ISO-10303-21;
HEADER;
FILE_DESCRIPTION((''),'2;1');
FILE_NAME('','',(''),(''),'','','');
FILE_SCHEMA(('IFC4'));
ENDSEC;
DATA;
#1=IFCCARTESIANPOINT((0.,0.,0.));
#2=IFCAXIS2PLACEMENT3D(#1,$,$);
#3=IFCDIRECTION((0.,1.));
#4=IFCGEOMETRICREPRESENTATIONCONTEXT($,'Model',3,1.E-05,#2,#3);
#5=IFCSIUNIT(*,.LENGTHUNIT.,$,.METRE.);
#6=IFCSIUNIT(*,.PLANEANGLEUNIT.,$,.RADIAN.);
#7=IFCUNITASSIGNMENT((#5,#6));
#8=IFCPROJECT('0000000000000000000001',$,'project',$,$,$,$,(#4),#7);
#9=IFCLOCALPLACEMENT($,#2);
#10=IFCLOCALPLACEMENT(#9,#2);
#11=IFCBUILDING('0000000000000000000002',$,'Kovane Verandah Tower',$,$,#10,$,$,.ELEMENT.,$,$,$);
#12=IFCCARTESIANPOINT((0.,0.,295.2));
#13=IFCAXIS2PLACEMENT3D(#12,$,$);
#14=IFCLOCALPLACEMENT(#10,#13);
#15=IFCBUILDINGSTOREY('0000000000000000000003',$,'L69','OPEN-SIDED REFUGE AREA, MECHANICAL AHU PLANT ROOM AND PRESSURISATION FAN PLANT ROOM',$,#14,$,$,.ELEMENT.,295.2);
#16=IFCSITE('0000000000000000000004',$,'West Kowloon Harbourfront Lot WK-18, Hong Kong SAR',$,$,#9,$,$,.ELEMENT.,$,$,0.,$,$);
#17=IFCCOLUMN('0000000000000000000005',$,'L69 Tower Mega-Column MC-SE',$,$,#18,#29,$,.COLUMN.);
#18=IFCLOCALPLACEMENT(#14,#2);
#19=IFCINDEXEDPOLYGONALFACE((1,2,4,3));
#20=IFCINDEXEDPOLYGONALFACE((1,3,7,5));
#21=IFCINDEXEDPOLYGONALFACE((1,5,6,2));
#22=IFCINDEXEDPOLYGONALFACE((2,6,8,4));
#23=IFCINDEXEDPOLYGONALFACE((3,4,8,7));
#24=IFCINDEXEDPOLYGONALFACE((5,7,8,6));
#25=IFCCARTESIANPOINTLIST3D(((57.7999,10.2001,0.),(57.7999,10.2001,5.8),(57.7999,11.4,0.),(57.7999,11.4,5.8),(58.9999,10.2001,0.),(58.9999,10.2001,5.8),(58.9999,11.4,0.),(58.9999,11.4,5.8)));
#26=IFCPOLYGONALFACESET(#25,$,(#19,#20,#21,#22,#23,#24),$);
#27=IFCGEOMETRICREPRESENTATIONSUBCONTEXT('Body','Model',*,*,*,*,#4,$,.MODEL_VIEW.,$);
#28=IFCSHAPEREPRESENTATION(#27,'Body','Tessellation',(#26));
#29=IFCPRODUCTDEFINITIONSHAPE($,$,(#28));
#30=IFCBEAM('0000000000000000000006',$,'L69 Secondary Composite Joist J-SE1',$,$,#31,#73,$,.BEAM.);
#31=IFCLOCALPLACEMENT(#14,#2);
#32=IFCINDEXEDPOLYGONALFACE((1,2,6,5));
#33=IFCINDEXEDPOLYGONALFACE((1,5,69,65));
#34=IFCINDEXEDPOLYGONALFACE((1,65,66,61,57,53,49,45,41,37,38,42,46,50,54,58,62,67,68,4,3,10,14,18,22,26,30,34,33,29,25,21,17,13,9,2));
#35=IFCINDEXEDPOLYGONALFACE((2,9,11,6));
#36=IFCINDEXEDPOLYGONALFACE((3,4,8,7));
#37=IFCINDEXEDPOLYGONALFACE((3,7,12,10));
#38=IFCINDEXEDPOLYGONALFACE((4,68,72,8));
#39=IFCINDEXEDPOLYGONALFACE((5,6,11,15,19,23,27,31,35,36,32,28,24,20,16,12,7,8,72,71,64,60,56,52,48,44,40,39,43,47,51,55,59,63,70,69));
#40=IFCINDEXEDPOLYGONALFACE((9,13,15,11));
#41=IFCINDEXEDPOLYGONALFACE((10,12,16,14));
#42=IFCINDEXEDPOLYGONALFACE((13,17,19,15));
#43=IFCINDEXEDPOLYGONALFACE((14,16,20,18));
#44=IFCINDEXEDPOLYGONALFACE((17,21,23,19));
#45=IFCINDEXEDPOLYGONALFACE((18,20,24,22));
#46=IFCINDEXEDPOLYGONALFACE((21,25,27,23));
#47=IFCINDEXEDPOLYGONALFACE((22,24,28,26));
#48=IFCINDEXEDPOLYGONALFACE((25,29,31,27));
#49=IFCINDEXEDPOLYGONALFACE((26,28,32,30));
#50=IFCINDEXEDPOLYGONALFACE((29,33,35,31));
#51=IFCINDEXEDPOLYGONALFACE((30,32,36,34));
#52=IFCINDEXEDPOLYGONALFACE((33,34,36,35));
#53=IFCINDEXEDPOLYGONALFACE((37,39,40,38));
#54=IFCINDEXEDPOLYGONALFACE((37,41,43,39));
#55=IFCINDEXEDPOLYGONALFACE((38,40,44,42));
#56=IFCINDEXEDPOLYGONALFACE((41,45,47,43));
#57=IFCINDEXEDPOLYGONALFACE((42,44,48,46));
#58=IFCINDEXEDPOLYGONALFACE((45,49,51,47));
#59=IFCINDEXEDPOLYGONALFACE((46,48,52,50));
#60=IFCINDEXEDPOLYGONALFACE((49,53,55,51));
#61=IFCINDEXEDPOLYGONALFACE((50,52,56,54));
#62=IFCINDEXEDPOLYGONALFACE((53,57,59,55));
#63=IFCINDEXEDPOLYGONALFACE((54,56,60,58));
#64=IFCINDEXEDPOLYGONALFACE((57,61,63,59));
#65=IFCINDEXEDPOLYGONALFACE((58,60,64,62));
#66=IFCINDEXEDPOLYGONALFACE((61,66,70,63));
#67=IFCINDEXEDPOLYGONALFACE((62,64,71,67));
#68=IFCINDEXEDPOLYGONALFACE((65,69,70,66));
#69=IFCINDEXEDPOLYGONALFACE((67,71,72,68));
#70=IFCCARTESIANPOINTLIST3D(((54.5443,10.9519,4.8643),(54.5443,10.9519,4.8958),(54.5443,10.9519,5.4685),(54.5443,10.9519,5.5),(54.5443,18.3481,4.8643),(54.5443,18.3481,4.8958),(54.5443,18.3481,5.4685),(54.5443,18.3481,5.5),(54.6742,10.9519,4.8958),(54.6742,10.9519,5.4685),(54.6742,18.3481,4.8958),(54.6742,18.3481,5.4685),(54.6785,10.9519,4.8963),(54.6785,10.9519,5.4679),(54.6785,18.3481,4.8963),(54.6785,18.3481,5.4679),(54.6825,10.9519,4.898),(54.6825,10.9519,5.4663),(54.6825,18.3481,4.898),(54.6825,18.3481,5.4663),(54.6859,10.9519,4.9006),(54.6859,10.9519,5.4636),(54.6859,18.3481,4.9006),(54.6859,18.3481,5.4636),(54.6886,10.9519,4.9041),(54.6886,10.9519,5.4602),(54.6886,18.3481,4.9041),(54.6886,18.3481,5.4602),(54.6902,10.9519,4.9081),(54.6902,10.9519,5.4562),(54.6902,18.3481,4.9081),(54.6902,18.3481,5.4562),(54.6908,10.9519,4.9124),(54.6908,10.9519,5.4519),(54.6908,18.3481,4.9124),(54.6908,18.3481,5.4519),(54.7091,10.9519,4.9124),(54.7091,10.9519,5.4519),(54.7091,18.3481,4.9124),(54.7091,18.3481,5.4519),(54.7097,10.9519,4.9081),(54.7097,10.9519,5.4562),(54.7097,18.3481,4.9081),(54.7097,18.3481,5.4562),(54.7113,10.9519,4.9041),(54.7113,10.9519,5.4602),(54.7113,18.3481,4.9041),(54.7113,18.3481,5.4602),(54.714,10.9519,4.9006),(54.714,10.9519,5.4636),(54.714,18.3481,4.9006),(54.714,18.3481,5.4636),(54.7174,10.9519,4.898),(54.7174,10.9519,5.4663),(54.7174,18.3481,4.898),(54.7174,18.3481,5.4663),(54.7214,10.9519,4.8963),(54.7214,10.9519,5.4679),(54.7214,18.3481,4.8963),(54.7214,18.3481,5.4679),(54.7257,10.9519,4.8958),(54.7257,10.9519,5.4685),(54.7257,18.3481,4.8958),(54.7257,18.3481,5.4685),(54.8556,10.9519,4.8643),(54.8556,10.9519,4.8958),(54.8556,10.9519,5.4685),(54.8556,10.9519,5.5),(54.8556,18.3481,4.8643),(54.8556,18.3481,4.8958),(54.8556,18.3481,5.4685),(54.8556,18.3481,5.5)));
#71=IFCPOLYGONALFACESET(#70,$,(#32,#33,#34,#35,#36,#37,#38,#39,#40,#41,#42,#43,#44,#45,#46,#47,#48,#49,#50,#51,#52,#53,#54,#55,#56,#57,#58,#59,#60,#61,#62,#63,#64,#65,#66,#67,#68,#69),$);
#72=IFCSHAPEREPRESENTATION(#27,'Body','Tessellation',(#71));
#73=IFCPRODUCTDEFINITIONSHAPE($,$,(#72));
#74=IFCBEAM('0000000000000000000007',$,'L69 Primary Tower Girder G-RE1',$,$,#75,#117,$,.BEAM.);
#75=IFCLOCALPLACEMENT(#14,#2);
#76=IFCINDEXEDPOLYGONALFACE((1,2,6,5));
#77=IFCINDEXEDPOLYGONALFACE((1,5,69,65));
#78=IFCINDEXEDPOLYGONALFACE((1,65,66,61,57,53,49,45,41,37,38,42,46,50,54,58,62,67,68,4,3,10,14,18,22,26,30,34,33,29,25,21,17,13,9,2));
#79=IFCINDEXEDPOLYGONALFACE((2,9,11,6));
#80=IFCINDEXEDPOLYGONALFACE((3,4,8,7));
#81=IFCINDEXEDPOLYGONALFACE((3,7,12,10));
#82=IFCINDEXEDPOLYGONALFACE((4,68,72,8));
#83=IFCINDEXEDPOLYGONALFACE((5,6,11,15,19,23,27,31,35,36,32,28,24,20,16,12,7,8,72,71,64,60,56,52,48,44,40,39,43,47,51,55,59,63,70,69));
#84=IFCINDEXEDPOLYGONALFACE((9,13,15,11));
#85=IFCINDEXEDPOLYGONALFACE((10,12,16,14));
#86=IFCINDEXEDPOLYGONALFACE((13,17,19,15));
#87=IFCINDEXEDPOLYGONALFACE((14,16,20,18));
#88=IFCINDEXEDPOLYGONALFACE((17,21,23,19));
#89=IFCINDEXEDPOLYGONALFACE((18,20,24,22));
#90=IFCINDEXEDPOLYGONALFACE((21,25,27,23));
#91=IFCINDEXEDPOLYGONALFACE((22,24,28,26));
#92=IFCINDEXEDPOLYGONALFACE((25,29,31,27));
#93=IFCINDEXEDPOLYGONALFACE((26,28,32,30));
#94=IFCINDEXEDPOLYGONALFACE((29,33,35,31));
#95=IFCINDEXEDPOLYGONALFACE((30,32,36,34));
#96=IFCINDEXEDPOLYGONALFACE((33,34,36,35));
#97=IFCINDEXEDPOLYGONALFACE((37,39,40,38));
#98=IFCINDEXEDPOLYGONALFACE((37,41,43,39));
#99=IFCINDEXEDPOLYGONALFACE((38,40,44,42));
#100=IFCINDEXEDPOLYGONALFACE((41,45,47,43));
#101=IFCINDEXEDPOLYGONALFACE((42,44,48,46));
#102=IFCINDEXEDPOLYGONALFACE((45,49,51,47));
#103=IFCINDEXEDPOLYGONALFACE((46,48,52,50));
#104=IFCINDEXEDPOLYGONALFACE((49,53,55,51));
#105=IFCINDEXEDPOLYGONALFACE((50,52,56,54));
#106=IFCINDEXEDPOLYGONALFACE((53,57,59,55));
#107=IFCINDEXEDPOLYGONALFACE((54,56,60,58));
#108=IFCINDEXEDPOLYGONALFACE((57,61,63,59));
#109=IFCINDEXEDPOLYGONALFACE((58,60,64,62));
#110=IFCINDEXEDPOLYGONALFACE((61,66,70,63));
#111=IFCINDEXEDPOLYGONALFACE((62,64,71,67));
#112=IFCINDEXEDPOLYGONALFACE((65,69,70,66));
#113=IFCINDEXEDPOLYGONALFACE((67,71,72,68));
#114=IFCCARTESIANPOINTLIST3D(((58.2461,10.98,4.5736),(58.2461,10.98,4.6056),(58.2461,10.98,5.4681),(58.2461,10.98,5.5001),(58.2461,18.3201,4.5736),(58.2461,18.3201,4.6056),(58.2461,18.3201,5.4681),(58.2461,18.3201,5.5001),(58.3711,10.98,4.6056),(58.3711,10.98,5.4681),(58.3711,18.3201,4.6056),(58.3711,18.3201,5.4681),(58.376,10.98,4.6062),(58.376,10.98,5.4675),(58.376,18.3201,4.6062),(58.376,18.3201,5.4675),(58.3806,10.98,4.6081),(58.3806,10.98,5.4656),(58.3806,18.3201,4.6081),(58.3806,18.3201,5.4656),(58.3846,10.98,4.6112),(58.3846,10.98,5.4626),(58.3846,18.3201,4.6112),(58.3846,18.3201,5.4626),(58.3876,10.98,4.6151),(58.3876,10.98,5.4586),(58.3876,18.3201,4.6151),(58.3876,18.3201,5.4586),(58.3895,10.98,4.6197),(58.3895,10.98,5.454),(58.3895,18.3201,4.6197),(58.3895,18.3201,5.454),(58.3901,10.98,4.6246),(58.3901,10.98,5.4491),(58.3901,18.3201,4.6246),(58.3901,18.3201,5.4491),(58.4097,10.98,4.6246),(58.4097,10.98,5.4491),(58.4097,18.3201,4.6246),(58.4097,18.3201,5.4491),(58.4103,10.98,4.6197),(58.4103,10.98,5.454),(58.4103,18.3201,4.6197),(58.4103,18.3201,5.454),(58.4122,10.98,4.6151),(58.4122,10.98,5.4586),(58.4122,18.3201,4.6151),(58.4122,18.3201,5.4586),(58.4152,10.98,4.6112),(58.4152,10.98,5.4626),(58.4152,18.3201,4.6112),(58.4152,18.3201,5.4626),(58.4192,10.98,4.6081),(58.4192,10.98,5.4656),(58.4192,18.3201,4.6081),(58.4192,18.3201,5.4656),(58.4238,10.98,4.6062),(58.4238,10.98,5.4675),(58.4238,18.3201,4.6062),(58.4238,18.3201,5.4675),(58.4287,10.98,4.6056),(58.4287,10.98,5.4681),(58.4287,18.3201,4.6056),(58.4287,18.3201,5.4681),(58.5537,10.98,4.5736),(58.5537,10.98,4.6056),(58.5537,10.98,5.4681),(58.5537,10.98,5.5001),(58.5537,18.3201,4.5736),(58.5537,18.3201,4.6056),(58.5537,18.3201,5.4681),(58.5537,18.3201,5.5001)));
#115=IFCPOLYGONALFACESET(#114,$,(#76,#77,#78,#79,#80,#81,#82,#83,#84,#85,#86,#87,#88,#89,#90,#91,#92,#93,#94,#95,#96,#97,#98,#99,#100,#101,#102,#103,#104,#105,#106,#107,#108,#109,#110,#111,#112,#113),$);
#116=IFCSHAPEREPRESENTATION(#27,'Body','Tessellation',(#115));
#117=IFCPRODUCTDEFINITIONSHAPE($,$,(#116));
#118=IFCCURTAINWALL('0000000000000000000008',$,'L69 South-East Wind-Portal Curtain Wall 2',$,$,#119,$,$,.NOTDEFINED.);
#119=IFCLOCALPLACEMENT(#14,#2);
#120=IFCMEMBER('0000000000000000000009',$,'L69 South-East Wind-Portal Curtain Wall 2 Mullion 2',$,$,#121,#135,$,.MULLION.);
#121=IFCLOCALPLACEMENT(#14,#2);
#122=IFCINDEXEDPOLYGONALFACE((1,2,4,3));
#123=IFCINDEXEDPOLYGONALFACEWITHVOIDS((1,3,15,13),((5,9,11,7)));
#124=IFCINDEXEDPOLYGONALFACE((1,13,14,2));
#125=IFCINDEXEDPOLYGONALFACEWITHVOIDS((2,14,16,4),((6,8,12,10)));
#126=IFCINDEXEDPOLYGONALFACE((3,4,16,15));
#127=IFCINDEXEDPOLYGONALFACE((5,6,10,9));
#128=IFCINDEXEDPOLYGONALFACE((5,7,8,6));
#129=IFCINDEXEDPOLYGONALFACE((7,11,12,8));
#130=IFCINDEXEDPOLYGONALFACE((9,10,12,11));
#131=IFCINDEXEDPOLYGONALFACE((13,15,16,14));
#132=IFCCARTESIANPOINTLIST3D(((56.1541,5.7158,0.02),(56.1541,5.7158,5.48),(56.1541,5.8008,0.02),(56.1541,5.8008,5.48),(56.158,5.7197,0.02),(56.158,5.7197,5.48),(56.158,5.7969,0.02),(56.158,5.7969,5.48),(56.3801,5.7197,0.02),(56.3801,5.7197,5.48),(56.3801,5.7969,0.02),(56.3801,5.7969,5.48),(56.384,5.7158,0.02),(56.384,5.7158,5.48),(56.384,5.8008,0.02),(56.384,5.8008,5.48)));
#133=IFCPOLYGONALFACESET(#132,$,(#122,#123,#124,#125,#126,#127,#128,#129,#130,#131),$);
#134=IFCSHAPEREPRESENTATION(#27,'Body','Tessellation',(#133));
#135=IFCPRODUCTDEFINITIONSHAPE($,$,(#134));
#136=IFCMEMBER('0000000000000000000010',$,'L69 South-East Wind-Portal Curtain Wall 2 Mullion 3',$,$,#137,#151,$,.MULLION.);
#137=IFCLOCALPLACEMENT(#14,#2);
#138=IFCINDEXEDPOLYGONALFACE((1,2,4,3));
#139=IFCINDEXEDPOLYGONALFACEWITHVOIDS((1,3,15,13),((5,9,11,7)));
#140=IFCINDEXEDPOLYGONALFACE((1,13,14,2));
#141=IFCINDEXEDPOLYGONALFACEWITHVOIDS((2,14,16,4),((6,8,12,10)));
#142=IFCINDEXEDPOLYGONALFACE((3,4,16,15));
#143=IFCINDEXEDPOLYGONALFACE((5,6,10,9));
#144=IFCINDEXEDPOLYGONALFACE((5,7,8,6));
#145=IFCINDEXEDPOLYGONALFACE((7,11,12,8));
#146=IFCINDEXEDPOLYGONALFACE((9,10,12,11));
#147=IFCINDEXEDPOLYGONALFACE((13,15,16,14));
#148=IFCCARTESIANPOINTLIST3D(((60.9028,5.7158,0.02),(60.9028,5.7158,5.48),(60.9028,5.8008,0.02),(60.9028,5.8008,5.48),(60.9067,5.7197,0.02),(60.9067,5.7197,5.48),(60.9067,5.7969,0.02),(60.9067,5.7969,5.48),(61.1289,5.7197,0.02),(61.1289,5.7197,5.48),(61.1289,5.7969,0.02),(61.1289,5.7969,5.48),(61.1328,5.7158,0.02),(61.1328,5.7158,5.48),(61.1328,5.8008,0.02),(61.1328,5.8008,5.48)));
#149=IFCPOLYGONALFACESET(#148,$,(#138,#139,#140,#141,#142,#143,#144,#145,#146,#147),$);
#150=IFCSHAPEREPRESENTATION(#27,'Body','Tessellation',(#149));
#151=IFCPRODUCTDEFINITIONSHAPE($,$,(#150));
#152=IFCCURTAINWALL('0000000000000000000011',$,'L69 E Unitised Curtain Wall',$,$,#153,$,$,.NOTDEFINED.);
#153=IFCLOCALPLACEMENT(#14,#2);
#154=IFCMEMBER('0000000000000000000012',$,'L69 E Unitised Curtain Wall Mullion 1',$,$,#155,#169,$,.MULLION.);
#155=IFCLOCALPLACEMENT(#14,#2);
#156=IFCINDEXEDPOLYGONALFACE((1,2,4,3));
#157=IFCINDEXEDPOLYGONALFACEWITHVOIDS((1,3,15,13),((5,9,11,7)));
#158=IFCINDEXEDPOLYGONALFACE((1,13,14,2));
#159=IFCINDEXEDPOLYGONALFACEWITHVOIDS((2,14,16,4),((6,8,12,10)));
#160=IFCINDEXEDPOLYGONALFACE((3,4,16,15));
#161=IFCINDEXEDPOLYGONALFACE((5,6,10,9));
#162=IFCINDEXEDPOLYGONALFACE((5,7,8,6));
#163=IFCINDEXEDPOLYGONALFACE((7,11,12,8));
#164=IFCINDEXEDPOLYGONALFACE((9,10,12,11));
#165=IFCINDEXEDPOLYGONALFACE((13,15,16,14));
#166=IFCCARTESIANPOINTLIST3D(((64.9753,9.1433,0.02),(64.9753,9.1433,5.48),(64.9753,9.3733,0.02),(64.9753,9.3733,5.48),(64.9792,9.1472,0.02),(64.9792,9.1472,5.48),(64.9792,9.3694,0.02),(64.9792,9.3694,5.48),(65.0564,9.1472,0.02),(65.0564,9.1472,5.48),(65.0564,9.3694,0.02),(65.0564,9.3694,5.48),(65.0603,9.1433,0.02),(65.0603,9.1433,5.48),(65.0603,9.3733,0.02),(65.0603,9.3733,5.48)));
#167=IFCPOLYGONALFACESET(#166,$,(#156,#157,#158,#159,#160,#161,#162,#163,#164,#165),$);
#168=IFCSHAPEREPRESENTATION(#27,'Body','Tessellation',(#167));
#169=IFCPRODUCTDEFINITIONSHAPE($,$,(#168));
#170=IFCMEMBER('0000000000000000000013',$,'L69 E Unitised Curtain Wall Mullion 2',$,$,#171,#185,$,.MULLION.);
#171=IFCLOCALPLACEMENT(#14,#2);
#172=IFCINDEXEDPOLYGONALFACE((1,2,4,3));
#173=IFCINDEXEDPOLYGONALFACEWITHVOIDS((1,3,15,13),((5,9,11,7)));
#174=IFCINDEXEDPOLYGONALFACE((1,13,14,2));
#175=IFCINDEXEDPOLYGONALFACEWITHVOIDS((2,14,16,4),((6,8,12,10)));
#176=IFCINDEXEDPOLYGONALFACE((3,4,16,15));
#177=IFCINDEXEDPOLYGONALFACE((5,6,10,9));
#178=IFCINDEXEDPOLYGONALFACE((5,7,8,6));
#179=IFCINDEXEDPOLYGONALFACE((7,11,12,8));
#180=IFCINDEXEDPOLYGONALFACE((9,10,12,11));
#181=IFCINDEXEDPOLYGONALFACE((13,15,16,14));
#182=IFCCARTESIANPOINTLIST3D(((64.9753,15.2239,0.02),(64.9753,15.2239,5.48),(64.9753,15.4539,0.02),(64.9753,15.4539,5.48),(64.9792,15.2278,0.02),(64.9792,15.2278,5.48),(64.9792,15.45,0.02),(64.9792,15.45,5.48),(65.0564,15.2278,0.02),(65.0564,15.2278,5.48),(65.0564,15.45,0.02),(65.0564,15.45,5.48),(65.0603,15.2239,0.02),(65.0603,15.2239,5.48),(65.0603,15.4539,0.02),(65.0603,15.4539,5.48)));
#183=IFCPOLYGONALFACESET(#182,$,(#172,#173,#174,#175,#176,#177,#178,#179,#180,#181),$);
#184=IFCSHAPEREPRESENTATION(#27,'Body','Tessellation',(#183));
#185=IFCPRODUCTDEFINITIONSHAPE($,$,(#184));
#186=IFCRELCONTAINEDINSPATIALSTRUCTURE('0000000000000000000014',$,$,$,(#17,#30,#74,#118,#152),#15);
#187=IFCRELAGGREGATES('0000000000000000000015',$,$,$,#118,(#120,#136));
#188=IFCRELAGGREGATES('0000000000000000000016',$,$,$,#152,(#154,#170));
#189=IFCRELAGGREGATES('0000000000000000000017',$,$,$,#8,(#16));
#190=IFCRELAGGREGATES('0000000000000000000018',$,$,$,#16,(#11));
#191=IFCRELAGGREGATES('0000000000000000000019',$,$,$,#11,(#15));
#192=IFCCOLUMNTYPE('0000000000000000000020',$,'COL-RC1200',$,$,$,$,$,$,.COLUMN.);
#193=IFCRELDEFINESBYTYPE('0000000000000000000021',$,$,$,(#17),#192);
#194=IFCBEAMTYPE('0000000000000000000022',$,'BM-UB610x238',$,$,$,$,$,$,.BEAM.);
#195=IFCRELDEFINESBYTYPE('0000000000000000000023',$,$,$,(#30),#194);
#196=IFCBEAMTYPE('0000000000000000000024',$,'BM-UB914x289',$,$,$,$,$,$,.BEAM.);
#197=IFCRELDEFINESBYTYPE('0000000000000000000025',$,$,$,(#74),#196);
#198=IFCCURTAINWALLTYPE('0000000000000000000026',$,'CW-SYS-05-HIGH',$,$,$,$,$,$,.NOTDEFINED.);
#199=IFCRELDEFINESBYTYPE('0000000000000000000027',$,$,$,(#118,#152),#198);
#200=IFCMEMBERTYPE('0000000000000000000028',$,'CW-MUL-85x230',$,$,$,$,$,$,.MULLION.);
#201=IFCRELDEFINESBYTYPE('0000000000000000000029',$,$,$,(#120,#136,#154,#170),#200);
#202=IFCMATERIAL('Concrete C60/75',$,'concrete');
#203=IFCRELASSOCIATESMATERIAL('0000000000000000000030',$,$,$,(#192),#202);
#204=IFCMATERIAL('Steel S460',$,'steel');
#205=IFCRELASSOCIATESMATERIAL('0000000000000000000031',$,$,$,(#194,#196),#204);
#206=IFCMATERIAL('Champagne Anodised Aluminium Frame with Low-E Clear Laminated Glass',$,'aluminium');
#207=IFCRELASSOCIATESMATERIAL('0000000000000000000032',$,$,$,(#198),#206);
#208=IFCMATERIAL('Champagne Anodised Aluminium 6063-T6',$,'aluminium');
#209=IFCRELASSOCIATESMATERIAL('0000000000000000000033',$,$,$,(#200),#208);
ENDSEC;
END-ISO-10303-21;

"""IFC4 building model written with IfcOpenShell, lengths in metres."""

from ifc_helpers import new_model, si_unit, direction, frame, origin, origin_2d, place, context, subcontext, project, spatial, rectangle, hollow_rectangle, i_section, extrude, material, material_profile, profile_set, type_object, element, aggregate, save


model = new_model("IFC4")

# Units and contexts
model_context = context("Model", 3, precision=1e-05, world=origin(), true_north=direction((0.0, 1.0)))
body_context = subcontext(model_context, "Body", "Model", "MODEL_VIEW")
ifc_project = project(units=[si_unit("LENGTHUNIT", "METRE"), si_unit("PLANEANGLEUNIT", "RADIAN")], contexts=[model_context])

# Site, building, storey
site_placement = place(None, origin())
site = spatial("IfcSite", under=ifc_project, at=site_placement, Name="West Kowloon Harbourfront Lot WK-18, Hong Kong SAR", CompositionType="ELEMENT", RefElevation=0.0)
building_placement = place(site_placement, origin())
building = spatial("IfcBuilding", under=site, at=building_placement, Name="Kovane Verandah Tower", CompositionType="ELEMENT")
storey_placement = place(building_placement, frame((0.0, 0.0, 295.2)))
storey = spatial("IfcBuildingStorey", under=building, at=storey_placement, Name="L69", Description="OPEN-SIDED REFUGE AREA, MECHANICAL AHU PLANT ROOM AND PRESSURISATION FAN PLANT ROOM", CompositionType="ELEMENT", Elevation=295.2)

# Column
ifc_material_1 = material(Name="Concrete C60/75", Category="concrete")
ifc_material_profile_1 = material_profile(ifc_material_1, rectangle(XDim=1.2, YDim=1.2, at=origin_2d()), Name="RC1200x1200")
ifc_profile_set_1 = profile_set([ifc_material_profile_1], Name="Concrete C60/75")
column_type = type_object("IfcColumnType", Name="COL-RC1200", PredefinedType="COLUMN", material=ifc_profile_set_1)
column_placement = place(storey_placement, frame((58.3999, 10.8, 0.0), z_axis=(0.0, 0.0, 1.0), x_axis=(1.0, 0.0, 0.0)))
element("IfcColumn", 1, at=column_placement, inside=storey, type_object=column_type, Name="L69 Tower Mega-Column MC-SE", PredefinedType="COLUMN", context=body_context, shape_type="SweptSolid", body=[
    extrude(rectangle(XDim=1.2, YDim=1.2, at=origin_2d()), origin(), (0.0, 0.0, 1.0), 5.8),
])

# Beams
ifc_material_2 = material(Name="Steel S460", Category="steel")
ifc_material_profile_2 = material_profile(ifc_material_2, i_section(OverallWidth=0.3113, OverallDepth=0.6357, WebThickness=0.0183, FlangeThickness=0.0315, FilletRadius=0.0166, at=origin_2d()), Name="UB610x305x238")
ifc_profile_set_2 = profile_set([ifc_material_profile_2], Name="Steel S460")
beam_type_1 = type_object("IfcBeamType", Name="BM-UB610x238", PredefinedType="BEAM", material=ifc_profile_set_2)
beam_1_placement = place(storey_placement, frame((54.7, 10.9519, 5.1821), z_axis=(0.0, 1.0, 0.0), x_axis=(-1.0, 0.0, 0.0)))
element("IfcBeam", 2, at=beam_1_placement, inside=storey, type_object=beam_type_1, Name="L69 Secondary Composite Joist J-SE1", PredefinedType="BEAM", context=body_context, shape_type="SweptSolid", body=[
    extrude(i_section(OverallWidth=0.3113, OverallDepth=0.6357, WebThickness=0.0183, FlangeThickness=0.0315, FilletRadius=0.0166, at=origin_2d()), origin(), (0.0, 0.0, 1.0), 7.3962),
])
ifc_material_profile_3 = material_profile(ifc_material_2, i_section(OverallWidth=0.3076, OverallDepth=0.9265, WebThickness=0.0195, FlangeThickness=0.032, FilletRadius=0.019, at=origin_2d()), Name="UB914x305x289")
ifc_profile_set_3 = profile_set([ifc_material_profile_3], Name="Steel S460")
beam_type_2 = type_object("IfcBeamType", Name="BM-UB914x289", PredefinedType="BEAM", material=ifc_profile_set_3)
beam_2_placement = place(storey_placement, frame((58.3999, 10.98, 5.0369), z_axis=(0.0, 1.0, 0.0), x_axis=(-1.0, 0.0, 0.0)))
element("IfcBeam", 3, at=beam_2_placement, inside=storey, type_object=beam_type_2, Name="L69 Primary Tower Girder G-RE1", PredefinedType="BEAM", context=body_context, shape_type="SweptSolid", body=[
    extrude(i_section(OverallWidth=0.3076, OverallDepth=0.9265, WebThickness=0.0195, FlangeThickness=0.032, FilletRadius=0.019, at=origin_2d()), origin(), (0.0, 0.0, 1.0), 7.3401),
])

# Curtain walls, members
ifc_material_3 = material(Name="Champagne Anodised Aluminium Frame with Low-E Clear Laminated Glass", Category="aluminium")
curtain_wall_type = type_object("IfcCurtainWallType", Name="CW-SYS-05-HIGH", PredefinedType="NOTDEFINED", material=ifc_material_3)
curtain_wall_1_placement = place(storey_placement, origin())
curtain_wall_1 = element("IfcCurtainWall", 4, at=curtain_wall_1_placement, inside=storey, type_object=curtain_wall_type, Name="L69 South-East Wind-Portal Curtain Wall 2", PredefinedType="NOTDEFINED")
ifc_material_4 = material(Name="Champagne Anodised Aluminium 6063-T6", Category="aluminium")
ifc_material_profile_4 = material_profile(ifc_material_4, hollow_rectangle(XDim=0.085, YDim=0.23, WallThickness=0.0039, at=origin_2d()), Name="AL85x230x4")
ifc_profile_set_4 = profile_set([ifc_material_profile_4], Name="Champagne Anodised Aluminium 6063-T6")
member_type_1 = type_object("IfcMemberType", Name="CW-MUL-85x230", PredefinedType="MULLION", material=ifc_profile_set_4)
member_1_placement = place(storey_placement, frame((56.269, 5.7583, 0.02), z_axis=(0.0, 0.0, 1.0), x_axis=(0.0, -1.0, 0.0)))
member_1 = element("IfcMember", 5, at=member_1_placement, type_object=member_type_1, Name="L69 South-East Wind-Portal Curtain Wall 2 Mullion 2", PredefinedType="MULLION", context=body_context, shape_type="SweptSolid", body=[
    extrude(hollow_rectangle(XDim=0.085, YDim=0.23, WallThickness=0.0039, at=origin_2d()), origin(), (0.0, 0.0, 1.0), 5.46),
])
member_2_placement = place(storey_placement, frame((61.0178, 5.7583, 0.02), z_axis=(0.0, 0.0, 1.0), x_axis=(0.0, -1.0, 0.0)))
member_2 = element("IfcMember", 6, at=member_2_placement, type_object=member_type_1, Name="L69 South-East Wind-Portal Curtain Wall 2 Mullion 3", PredefinedType="MULLION", context=body_context, shape_type="SweptSolid", body=[
    extrude(hollow_rectangle(XDim=0.085, YDim=0.23, WallThickness=0.0039, at=origin_2d()), origin(), (0.0, 0.0, 1.0), 5.46),
])
curtain_wall_2_placement = place(storey_placement, origin())
curtain_wall_2 = element("IfcCurtainWall", 7, at=curtain_wall_2_placement, inside=storey, type_object=curtain_wall_type, Name="L69 E Unitised Curtain Wall", PredefinedType="NOTDEFINED")
member_3_placement = place(storey_placement, frame((65.0178, 9.2583, 0.02), z_axis=(0.0, 0.0, 1.0), x_axis=(1.0, 0.0, 0.0)))
member_3 = element("IfcMember", 8, at=member_3_placement, type_object=member_type_1, Name="L69 E Unitised Curtain Wall Mullion 1", PredefinedType="MULLION", context=body_context, shape_type="SweptSolid", body=[
    extrude(hollow_rectangle(XDim=0.085, YDim=0.23, WallThickness=0.0039, at=origin_2d()), origin(), (0.0, 0.0, 1.0), 5.46),
])
member_4_placement = place(storey_placement, frame((65.0178, 15.3389, 0.02), z_axis=(0.0, 0.0, 1.0), x_axis=(1.0, 0.0, 0.0)))
member_4 = element("IfcMember", 9, at=member_4_placement, type_object=member_type_1, Name="L69 E Unitised Curtain Wall Mullion 2", PredefinedType="MULLION", context=body_context, shape_type="SweptSolid", body=[
    extrude(hollow_rectangle(XDim=0.085, YDim=0.23, WallThickness=0.0039, at=origin_2d()), origin(), (0.0, 0.0, 1.0), 5.46),
])

aggregate(curtain_wall_1, [member_1, member_2])
aggregate(curtain_wall_2, [member_3, member_4])

save(model, "model.ifc")
